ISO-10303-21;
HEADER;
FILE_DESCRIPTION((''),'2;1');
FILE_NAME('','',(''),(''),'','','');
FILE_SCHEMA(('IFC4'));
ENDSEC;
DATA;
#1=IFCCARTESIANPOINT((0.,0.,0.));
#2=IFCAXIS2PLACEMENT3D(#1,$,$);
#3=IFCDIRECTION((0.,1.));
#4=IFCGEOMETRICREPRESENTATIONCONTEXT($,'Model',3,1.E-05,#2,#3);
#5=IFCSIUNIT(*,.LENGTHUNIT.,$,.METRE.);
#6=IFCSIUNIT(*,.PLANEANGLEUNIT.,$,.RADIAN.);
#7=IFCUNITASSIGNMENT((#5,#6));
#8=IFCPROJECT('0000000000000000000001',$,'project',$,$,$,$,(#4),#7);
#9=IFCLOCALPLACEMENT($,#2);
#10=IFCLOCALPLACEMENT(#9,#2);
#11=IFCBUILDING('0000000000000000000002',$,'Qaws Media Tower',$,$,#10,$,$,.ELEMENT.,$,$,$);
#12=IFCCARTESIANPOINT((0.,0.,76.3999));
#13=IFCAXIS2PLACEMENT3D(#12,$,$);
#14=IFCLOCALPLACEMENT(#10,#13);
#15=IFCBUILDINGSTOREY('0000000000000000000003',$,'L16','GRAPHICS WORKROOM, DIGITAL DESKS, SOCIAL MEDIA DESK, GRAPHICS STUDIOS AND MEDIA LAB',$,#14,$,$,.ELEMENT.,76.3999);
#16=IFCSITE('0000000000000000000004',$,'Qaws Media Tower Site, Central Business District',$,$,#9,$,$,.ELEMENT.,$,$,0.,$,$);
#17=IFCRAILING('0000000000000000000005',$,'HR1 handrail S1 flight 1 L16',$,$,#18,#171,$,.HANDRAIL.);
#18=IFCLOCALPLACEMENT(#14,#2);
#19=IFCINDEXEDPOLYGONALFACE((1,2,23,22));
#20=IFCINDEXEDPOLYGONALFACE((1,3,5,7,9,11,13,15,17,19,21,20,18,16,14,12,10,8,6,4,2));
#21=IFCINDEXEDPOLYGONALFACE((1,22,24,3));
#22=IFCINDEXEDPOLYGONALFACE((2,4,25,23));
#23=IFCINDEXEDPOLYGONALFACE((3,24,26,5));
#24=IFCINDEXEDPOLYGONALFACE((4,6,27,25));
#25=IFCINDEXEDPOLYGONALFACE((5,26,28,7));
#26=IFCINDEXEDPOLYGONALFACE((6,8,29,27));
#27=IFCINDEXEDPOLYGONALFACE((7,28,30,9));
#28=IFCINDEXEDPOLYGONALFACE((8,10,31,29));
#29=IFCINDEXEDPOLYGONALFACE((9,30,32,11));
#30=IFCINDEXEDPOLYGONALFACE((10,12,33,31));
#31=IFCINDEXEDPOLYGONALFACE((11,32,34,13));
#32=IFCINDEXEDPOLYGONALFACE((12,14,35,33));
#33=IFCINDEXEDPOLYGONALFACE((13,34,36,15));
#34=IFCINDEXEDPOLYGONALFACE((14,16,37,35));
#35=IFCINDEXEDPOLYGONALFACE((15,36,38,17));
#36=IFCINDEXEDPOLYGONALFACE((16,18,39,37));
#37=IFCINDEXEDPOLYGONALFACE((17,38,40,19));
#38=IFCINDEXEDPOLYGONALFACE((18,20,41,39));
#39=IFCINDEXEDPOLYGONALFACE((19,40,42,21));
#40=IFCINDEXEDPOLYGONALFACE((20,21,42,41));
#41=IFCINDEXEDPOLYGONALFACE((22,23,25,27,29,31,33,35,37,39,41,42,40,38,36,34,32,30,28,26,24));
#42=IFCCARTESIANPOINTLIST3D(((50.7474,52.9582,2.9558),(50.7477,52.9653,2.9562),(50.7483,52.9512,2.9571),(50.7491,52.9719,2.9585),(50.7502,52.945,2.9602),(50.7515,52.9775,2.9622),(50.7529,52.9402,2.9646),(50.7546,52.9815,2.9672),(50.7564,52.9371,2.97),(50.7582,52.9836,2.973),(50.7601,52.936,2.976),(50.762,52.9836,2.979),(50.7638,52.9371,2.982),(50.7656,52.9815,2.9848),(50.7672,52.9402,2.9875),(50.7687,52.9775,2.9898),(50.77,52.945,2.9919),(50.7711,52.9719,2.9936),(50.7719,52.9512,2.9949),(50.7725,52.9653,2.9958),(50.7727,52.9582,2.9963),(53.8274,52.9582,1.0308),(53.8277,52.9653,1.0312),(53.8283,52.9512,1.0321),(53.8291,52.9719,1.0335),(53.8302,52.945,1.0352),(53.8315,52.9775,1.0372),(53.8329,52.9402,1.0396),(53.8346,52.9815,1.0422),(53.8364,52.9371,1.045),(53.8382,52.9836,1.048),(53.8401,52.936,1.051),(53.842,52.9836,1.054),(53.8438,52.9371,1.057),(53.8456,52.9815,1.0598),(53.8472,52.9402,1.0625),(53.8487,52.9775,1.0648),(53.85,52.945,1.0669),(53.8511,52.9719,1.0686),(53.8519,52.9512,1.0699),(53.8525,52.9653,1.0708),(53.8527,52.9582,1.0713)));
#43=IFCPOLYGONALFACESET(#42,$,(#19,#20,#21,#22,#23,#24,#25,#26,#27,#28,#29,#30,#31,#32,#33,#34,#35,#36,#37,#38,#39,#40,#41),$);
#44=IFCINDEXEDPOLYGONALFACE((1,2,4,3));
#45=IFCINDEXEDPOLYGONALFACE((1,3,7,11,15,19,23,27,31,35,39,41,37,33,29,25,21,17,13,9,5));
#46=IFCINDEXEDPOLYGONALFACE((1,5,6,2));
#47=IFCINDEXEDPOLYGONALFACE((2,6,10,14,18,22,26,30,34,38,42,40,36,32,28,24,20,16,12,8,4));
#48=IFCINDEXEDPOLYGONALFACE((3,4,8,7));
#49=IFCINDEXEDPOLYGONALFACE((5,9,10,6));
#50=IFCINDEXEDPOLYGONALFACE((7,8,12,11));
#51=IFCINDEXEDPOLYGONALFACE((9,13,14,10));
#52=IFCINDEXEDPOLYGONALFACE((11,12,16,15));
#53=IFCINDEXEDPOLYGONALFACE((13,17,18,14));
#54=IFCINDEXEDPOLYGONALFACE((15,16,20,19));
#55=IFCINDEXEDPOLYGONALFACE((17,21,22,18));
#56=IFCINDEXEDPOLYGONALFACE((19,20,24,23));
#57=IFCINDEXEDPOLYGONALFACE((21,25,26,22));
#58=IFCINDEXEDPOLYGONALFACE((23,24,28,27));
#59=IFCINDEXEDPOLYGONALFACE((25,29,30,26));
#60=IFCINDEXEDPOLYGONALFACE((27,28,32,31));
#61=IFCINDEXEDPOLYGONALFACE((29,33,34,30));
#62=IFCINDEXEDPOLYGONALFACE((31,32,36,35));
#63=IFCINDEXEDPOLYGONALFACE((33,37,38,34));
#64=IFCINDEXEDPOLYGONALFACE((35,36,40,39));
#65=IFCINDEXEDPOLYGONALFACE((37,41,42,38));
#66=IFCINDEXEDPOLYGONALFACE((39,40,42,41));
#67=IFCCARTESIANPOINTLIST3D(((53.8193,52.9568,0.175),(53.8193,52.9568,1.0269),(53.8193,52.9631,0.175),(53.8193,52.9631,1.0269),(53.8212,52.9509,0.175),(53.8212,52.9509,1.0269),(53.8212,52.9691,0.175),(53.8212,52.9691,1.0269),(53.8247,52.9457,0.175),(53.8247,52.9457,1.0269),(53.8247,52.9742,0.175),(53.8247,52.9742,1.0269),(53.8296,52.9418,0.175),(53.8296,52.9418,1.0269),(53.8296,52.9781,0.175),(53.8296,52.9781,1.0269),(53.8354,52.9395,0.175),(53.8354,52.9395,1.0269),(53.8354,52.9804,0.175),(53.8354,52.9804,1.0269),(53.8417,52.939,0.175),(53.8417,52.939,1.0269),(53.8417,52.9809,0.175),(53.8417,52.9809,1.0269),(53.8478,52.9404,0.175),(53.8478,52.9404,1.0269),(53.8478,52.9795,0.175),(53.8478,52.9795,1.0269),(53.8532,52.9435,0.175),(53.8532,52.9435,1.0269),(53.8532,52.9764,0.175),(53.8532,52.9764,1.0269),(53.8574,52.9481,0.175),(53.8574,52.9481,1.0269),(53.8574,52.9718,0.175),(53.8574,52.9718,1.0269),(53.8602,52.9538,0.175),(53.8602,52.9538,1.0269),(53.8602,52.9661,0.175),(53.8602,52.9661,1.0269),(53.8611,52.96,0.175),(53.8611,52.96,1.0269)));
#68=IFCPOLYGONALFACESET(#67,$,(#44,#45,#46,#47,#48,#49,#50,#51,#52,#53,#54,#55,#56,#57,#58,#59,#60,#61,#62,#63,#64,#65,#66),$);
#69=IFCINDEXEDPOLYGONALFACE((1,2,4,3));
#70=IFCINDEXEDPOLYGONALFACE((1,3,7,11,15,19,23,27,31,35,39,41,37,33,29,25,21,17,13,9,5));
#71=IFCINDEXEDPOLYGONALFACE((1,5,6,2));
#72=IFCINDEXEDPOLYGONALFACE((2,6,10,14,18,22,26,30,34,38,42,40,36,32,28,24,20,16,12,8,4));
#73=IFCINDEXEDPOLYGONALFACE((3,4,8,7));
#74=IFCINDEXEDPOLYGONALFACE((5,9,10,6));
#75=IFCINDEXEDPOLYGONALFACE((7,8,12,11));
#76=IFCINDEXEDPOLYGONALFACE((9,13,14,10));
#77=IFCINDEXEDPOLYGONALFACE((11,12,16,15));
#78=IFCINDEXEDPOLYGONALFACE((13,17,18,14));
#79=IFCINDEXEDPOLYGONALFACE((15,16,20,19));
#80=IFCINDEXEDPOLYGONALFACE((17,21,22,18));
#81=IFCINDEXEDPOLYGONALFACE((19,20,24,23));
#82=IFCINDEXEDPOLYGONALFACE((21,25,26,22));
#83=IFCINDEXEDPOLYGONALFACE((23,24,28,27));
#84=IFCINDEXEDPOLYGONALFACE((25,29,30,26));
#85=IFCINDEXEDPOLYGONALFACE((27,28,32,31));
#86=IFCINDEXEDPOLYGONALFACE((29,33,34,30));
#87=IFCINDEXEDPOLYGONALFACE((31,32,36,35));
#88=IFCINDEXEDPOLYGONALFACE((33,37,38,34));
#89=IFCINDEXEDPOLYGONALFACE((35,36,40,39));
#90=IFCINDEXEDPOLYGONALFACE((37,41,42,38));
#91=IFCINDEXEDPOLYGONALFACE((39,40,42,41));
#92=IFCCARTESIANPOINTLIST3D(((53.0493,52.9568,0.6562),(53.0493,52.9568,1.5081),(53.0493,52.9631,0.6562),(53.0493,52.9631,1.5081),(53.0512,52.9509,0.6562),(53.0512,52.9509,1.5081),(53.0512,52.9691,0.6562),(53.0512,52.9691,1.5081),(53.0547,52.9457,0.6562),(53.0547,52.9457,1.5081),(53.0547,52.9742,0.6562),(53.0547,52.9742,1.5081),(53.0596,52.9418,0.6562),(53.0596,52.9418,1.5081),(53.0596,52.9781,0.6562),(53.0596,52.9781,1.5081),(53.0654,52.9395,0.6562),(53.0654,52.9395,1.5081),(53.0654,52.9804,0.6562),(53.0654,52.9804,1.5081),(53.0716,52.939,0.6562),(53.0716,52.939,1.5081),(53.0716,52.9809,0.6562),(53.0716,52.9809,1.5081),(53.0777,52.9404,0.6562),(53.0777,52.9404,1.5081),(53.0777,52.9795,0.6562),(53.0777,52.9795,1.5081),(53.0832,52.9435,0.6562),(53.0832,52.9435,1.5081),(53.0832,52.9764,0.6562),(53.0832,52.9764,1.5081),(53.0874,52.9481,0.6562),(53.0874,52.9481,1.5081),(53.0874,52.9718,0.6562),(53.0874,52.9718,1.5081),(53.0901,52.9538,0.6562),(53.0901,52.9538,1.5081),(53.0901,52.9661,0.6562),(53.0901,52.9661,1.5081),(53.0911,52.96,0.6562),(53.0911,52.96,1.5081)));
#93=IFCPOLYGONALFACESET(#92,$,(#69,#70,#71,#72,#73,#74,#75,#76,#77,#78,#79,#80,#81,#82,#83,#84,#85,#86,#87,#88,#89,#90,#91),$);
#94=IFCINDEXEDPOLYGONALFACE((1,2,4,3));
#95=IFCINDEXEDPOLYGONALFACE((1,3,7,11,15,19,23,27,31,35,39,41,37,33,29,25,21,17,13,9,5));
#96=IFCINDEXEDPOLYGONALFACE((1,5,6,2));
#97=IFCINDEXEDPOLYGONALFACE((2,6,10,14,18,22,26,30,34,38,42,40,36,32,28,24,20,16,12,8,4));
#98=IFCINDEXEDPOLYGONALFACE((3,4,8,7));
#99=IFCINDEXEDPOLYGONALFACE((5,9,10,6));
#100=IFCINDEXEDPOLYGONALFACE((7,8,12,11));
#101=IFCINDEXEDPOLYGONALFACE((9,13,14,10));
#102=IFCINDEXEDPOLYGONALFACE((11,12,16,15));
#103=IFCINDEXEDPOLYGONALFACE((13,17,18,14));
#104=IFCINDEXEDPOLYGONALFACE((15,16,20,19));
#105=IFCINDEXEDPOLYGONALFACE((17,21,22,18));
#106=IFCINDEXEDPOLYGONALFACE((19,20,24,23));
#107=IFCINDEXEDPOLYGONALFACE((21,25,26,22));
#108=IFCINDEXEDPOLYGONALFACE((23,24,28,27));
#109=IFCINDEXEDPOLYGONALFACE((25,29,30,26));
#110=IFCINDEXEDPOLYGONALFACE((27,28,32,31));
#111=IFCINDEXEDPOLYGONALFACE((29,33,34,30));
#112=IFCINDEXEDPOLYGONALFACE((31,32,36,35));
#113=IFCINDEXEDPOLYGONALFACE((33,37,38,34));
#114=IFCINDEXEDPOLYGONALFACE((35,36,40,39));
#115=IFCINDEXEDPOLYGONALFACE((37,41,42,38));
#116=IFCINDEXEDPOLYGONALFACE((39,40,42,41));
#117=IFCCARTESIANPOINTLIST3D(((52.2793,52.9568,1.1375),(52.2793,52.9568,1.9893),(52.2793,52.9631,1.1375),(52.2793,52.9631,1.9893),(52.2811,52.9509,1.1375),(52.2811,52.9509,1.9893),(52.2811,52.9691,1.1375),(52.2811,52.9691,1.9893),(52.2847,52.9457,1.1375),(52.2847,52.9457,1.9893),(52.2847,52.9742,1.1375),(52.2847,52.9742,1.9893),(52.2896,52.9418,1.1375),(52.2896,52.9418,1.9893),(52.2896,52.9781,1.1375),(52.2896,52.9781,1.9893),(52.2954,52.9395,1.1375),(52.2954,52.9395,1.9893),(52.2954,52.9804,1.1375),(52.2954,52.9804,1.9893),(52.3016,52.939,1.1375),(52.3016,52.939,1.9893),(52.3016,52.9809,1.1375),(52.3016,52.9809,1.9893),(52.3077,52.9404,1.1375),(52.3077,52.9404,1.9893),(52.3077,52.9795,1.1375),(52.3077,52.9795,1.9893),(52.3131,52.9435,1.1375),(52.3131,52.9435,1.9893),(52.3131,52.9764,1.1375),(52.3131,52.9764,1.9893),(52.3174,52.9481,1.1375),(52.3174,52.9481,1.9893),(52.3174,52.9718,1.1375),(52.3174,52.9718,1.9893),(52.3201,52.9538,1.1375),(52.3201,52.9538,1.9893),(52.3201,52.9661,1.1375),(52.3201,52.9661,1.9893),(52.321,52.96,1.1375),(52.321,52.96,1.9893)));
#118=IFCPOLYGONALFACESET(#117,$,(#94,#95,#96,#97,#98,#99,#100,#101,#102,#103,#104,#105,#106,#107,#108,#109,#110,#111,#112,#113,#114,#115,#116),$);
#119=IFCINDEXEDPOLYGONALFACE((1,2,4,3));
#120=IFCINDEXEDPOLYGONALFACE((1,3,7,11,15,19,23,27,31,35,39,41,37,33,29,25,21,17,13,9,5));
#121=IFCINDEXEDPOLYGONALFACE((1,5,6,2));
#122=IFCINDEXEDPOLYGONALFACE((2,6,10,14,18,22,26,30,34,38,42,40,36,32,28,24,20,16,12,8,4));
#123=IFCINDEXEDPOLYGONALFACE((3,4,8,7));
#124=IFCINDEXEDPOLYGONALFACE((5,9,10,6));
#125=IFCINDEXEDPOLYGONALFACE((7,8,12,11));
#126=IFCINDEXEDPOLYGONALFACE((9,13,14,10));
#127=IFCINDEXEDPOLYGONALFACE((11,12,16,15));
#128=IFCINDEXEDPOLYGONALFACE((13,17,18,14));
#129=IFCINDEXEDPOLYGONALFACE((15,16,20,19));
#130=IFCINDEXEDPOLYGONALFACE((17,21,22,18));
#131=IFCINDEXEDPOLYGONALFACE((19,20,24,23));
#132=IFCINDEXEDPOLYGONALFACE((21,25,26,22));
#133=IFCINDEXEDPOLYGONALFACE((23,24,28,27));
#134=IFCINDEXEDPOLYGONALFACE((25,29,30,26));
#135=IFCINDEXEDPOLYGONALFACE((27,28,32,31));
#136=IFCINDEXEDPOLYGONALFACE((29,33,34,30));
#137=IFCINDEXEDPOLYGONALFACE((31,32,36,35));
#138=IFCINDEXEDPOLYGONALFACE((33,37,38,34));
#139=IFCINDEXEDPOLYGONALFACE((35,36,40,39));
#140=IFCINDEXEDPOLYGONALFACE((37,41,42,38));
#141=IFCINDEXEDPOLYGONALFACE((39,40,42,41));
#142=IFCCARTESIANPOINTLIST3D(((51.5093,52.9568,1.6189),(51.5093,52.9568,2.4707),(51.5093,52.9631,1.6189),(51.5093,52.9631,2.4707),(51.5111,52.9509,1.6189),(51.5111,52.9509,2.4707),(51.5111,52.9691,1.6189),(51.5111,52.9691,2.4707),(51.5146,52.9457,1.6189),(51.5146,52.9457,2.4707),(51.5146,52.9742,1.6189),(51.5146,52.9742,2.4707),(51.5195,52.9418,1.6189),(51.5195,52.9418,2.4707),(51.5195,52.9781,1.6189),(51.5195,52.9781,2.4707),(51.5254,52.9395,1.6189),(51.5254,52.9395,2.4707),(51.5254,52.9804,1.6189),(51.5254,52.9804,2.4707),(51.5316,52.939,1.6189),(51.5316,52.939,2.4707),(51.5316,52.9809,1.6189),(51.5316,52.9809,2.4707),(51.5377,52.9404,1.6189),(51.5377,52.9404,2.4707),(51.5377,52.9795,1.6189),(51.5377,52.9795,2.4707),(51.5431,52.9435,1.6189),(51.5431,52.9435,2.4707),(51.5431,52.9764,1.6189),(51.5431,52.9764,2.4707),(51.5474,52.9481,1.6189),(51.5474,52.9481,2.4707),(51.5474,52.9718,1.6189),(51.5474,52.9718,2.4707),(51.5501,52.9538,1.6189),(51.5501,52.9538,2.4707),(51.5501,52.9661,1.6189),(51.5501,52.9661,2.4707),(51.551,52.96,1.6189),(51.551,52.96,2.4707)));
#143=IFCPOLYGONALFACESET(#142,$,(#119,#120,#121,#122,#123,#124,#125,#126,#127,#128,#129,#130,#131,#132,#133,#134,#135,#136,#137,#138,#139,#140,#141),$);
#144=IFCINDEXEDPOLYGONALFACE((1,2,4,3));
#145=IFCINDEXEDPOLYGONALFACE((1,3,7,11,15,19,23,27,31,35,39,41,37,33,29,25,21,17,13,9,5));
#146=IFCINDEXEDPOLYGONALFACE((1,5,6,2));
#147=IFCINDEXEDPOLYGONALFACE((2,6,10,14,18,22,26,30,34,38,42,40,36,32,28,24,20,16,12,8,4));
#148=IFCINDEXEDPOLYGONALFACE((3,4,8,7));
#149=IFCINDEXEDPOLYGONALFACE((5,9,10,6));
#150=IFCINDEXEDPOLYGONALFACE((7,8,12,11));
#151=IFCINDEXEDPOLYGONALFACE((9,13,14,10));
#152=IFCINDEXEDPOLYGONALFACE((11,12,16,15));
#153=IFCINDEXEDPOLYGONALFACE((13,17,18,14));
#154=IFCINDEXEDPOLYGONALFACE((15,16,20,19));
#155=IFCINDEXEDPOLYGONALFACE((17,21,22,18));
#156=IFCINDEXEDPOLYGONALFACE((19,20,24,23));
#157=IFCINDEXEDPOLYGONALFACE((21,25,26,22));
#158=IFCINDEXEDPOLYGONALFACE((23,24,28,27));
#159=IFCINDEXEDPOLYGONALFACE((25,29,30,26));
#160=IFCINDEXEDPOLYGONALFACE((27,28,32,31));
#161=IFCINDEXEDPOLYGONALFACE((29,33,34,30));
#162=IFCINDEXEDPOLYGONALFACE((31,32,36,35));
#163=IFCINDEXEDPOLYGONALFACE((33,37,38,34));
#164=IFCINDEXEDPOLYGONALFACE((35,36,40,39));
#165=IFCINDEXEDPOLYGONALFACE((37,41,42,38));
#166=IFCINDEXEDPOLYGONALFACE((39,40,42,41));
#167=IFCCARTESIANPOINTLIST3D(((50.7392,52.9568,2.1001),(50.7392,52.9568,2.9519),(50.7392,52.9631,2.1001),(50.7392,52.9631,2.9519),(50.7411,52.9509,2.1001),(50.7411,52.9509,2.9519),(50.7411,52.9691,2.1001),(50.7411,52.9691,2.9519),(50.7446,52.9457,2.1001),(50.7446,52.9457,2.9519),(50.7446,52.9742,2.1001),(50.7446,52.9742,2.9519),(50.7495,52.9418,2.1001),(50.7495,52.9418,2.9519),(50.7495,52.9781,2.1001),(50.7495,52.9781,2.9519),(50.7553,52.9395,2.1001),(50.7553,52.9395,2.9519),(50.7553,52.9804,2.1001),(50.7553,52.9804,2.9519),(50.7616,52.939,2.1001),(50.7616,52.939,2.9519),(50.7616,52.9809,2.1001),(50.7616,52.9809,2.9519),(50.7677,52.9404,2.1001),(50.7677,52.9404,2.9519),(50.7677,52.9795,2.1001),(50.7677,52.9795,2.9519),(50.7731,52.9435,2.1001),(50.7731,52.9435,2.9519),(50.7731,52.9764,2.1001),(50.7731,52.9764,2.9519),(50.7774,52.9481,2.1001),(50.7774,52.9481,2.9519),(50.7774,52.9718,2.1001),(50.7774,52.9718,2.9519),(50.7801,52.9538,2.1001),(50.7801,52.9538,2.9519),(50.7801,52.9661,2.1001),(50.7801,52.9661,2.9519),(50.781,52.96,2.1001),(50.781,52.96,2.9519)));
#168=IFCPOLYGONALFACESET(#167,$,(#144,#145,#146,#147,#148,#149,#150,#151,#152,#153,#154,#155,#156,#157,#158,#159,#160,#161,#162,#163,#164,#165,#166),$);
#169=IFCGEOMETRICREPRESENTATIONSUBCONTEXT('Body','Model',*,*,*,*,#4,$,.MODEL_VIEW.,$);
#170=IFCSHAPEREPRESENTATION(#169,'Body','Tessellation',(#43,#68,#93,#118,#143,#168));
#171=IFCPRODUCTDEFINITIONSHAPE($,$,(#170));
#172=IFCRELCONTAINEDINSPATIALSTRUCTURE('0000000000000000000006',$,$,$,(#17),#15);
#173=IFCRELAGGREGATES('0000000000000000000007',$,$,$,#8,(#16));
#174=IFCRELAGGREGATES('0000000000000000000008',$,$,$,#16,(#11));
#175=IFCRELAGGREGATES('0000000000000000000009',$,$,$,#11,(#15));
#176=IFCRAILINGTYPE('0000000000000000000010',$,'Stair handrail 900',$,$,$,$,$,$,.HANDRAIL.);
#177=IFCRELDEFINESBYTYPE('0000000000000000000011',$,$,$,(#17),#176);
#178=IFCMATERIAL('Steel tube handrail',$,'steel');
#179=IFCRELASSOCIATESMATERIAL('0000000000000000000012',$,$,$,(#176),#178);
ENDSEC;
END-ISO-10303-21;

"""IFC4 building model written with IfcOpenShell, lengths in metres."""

from ifc_helpers import new_model, si_unit, direction, frame, origin, origin_2d, place, context, subcontext, project, spatial, circle, extrude, material, type_object, element, save


model = new_model("IFC4")

# Units and contexts
model_context = context("Model", 3, precision=1e-05, world=origin(), true_north=direction((0.0, 1.0)))
body_context = subcontext(model_context, "Body", "Model", "MODEL_VIEW")
ifc_project = project(units=[si_unit("LENGTHUNIT", "METRE"), si_unit("PLANEANGLEUNIT", "RADIAN")], contexts=[model_context])

# Site, building, storey
site_placement = place(None, origin())
site = spatial("IfcSite", under=ifc_project, at=site_placement, Name="Qaws Media Tower Site, Central Business District", CompositionType="ELEMENT", RefElevation=0.0)
building_placement = place(site_placement, origin())
building = spatial("IfcBuilding", under=site, at=building_placement, Name="Qaws Media Tower", CompositionType="ELEMENT")
storey_placement = place(building_placement, frame((0.0, 0.0, 76.3999)))
storey = spatial("IfcBuildingStorey", under=building, at=storey_placement, Name="L16", Description="GRAPHICS WORKROOM, DIGITAL DESKS, SOCIAL MEDIA DESK, GRAPHICS STUDIOS AND MEDIA LAB", CompositionType="ELEMENT", Elevation=76.3999)

# Railing
ifc_material_1 = material(Name="Steel tube handrail", Category="steel")
railing_type = type_object("IfcRailingType", Name="Stair handrail 900", PredefinedType="HANDRAIL", material=ifc_material_1)
for number, where, name in (
    (1, (53.8401, 52.96, 0.175), "HR1 handrail S1 flight 1 L16"),
):
    element("IfcRailing", number, at=place(storey_placement, frame(where)), inside=storey, type_object=railing_type, Name=name, PredefinedType="HANDRAIL", context=body_context, shape_type="SweptSolid", body=[
        extrude(circle(Radius=0.0239, at=origin_2d()), frame((0.0, 0.0, 0.876), z_axis=(-0.847998, 0.0, 0.529999), x_axis=(0.0, -1.0, 0.0)), (0.0, 0.0, 1.0), 3.6321),
        extrude(circle(Radius=0.021, at=origin_2d()), origin(), (0.0, 0.0, 1.0), 0.8518),
        extrude(circle(Radius=0.021, at=origin_2d()), frame((-0.77, 0.0, 0.4812)), (0.0, 0.0, 1.0), 0.8518),
        extrude(circle(Radius=0.021, at=origin_2d()), frame((-1.54, 0.0, 0.9624)), (0.0, 0.0, 1.0), 0.8518),
        extrude(circle(Radius=0.021, at=origin_2d()), frame((-2.3101, 0.0, 1.4438)), (0.0, 0.0, 1.0), 0.8518),
        extrude(circle(Radius=0.021, at=origin_2d()), frame((-3.0801, 0.0, 1.925)), (0.0, 0.0, 1.0), 0.8518),
    ])

save(model, "model.ifc")
